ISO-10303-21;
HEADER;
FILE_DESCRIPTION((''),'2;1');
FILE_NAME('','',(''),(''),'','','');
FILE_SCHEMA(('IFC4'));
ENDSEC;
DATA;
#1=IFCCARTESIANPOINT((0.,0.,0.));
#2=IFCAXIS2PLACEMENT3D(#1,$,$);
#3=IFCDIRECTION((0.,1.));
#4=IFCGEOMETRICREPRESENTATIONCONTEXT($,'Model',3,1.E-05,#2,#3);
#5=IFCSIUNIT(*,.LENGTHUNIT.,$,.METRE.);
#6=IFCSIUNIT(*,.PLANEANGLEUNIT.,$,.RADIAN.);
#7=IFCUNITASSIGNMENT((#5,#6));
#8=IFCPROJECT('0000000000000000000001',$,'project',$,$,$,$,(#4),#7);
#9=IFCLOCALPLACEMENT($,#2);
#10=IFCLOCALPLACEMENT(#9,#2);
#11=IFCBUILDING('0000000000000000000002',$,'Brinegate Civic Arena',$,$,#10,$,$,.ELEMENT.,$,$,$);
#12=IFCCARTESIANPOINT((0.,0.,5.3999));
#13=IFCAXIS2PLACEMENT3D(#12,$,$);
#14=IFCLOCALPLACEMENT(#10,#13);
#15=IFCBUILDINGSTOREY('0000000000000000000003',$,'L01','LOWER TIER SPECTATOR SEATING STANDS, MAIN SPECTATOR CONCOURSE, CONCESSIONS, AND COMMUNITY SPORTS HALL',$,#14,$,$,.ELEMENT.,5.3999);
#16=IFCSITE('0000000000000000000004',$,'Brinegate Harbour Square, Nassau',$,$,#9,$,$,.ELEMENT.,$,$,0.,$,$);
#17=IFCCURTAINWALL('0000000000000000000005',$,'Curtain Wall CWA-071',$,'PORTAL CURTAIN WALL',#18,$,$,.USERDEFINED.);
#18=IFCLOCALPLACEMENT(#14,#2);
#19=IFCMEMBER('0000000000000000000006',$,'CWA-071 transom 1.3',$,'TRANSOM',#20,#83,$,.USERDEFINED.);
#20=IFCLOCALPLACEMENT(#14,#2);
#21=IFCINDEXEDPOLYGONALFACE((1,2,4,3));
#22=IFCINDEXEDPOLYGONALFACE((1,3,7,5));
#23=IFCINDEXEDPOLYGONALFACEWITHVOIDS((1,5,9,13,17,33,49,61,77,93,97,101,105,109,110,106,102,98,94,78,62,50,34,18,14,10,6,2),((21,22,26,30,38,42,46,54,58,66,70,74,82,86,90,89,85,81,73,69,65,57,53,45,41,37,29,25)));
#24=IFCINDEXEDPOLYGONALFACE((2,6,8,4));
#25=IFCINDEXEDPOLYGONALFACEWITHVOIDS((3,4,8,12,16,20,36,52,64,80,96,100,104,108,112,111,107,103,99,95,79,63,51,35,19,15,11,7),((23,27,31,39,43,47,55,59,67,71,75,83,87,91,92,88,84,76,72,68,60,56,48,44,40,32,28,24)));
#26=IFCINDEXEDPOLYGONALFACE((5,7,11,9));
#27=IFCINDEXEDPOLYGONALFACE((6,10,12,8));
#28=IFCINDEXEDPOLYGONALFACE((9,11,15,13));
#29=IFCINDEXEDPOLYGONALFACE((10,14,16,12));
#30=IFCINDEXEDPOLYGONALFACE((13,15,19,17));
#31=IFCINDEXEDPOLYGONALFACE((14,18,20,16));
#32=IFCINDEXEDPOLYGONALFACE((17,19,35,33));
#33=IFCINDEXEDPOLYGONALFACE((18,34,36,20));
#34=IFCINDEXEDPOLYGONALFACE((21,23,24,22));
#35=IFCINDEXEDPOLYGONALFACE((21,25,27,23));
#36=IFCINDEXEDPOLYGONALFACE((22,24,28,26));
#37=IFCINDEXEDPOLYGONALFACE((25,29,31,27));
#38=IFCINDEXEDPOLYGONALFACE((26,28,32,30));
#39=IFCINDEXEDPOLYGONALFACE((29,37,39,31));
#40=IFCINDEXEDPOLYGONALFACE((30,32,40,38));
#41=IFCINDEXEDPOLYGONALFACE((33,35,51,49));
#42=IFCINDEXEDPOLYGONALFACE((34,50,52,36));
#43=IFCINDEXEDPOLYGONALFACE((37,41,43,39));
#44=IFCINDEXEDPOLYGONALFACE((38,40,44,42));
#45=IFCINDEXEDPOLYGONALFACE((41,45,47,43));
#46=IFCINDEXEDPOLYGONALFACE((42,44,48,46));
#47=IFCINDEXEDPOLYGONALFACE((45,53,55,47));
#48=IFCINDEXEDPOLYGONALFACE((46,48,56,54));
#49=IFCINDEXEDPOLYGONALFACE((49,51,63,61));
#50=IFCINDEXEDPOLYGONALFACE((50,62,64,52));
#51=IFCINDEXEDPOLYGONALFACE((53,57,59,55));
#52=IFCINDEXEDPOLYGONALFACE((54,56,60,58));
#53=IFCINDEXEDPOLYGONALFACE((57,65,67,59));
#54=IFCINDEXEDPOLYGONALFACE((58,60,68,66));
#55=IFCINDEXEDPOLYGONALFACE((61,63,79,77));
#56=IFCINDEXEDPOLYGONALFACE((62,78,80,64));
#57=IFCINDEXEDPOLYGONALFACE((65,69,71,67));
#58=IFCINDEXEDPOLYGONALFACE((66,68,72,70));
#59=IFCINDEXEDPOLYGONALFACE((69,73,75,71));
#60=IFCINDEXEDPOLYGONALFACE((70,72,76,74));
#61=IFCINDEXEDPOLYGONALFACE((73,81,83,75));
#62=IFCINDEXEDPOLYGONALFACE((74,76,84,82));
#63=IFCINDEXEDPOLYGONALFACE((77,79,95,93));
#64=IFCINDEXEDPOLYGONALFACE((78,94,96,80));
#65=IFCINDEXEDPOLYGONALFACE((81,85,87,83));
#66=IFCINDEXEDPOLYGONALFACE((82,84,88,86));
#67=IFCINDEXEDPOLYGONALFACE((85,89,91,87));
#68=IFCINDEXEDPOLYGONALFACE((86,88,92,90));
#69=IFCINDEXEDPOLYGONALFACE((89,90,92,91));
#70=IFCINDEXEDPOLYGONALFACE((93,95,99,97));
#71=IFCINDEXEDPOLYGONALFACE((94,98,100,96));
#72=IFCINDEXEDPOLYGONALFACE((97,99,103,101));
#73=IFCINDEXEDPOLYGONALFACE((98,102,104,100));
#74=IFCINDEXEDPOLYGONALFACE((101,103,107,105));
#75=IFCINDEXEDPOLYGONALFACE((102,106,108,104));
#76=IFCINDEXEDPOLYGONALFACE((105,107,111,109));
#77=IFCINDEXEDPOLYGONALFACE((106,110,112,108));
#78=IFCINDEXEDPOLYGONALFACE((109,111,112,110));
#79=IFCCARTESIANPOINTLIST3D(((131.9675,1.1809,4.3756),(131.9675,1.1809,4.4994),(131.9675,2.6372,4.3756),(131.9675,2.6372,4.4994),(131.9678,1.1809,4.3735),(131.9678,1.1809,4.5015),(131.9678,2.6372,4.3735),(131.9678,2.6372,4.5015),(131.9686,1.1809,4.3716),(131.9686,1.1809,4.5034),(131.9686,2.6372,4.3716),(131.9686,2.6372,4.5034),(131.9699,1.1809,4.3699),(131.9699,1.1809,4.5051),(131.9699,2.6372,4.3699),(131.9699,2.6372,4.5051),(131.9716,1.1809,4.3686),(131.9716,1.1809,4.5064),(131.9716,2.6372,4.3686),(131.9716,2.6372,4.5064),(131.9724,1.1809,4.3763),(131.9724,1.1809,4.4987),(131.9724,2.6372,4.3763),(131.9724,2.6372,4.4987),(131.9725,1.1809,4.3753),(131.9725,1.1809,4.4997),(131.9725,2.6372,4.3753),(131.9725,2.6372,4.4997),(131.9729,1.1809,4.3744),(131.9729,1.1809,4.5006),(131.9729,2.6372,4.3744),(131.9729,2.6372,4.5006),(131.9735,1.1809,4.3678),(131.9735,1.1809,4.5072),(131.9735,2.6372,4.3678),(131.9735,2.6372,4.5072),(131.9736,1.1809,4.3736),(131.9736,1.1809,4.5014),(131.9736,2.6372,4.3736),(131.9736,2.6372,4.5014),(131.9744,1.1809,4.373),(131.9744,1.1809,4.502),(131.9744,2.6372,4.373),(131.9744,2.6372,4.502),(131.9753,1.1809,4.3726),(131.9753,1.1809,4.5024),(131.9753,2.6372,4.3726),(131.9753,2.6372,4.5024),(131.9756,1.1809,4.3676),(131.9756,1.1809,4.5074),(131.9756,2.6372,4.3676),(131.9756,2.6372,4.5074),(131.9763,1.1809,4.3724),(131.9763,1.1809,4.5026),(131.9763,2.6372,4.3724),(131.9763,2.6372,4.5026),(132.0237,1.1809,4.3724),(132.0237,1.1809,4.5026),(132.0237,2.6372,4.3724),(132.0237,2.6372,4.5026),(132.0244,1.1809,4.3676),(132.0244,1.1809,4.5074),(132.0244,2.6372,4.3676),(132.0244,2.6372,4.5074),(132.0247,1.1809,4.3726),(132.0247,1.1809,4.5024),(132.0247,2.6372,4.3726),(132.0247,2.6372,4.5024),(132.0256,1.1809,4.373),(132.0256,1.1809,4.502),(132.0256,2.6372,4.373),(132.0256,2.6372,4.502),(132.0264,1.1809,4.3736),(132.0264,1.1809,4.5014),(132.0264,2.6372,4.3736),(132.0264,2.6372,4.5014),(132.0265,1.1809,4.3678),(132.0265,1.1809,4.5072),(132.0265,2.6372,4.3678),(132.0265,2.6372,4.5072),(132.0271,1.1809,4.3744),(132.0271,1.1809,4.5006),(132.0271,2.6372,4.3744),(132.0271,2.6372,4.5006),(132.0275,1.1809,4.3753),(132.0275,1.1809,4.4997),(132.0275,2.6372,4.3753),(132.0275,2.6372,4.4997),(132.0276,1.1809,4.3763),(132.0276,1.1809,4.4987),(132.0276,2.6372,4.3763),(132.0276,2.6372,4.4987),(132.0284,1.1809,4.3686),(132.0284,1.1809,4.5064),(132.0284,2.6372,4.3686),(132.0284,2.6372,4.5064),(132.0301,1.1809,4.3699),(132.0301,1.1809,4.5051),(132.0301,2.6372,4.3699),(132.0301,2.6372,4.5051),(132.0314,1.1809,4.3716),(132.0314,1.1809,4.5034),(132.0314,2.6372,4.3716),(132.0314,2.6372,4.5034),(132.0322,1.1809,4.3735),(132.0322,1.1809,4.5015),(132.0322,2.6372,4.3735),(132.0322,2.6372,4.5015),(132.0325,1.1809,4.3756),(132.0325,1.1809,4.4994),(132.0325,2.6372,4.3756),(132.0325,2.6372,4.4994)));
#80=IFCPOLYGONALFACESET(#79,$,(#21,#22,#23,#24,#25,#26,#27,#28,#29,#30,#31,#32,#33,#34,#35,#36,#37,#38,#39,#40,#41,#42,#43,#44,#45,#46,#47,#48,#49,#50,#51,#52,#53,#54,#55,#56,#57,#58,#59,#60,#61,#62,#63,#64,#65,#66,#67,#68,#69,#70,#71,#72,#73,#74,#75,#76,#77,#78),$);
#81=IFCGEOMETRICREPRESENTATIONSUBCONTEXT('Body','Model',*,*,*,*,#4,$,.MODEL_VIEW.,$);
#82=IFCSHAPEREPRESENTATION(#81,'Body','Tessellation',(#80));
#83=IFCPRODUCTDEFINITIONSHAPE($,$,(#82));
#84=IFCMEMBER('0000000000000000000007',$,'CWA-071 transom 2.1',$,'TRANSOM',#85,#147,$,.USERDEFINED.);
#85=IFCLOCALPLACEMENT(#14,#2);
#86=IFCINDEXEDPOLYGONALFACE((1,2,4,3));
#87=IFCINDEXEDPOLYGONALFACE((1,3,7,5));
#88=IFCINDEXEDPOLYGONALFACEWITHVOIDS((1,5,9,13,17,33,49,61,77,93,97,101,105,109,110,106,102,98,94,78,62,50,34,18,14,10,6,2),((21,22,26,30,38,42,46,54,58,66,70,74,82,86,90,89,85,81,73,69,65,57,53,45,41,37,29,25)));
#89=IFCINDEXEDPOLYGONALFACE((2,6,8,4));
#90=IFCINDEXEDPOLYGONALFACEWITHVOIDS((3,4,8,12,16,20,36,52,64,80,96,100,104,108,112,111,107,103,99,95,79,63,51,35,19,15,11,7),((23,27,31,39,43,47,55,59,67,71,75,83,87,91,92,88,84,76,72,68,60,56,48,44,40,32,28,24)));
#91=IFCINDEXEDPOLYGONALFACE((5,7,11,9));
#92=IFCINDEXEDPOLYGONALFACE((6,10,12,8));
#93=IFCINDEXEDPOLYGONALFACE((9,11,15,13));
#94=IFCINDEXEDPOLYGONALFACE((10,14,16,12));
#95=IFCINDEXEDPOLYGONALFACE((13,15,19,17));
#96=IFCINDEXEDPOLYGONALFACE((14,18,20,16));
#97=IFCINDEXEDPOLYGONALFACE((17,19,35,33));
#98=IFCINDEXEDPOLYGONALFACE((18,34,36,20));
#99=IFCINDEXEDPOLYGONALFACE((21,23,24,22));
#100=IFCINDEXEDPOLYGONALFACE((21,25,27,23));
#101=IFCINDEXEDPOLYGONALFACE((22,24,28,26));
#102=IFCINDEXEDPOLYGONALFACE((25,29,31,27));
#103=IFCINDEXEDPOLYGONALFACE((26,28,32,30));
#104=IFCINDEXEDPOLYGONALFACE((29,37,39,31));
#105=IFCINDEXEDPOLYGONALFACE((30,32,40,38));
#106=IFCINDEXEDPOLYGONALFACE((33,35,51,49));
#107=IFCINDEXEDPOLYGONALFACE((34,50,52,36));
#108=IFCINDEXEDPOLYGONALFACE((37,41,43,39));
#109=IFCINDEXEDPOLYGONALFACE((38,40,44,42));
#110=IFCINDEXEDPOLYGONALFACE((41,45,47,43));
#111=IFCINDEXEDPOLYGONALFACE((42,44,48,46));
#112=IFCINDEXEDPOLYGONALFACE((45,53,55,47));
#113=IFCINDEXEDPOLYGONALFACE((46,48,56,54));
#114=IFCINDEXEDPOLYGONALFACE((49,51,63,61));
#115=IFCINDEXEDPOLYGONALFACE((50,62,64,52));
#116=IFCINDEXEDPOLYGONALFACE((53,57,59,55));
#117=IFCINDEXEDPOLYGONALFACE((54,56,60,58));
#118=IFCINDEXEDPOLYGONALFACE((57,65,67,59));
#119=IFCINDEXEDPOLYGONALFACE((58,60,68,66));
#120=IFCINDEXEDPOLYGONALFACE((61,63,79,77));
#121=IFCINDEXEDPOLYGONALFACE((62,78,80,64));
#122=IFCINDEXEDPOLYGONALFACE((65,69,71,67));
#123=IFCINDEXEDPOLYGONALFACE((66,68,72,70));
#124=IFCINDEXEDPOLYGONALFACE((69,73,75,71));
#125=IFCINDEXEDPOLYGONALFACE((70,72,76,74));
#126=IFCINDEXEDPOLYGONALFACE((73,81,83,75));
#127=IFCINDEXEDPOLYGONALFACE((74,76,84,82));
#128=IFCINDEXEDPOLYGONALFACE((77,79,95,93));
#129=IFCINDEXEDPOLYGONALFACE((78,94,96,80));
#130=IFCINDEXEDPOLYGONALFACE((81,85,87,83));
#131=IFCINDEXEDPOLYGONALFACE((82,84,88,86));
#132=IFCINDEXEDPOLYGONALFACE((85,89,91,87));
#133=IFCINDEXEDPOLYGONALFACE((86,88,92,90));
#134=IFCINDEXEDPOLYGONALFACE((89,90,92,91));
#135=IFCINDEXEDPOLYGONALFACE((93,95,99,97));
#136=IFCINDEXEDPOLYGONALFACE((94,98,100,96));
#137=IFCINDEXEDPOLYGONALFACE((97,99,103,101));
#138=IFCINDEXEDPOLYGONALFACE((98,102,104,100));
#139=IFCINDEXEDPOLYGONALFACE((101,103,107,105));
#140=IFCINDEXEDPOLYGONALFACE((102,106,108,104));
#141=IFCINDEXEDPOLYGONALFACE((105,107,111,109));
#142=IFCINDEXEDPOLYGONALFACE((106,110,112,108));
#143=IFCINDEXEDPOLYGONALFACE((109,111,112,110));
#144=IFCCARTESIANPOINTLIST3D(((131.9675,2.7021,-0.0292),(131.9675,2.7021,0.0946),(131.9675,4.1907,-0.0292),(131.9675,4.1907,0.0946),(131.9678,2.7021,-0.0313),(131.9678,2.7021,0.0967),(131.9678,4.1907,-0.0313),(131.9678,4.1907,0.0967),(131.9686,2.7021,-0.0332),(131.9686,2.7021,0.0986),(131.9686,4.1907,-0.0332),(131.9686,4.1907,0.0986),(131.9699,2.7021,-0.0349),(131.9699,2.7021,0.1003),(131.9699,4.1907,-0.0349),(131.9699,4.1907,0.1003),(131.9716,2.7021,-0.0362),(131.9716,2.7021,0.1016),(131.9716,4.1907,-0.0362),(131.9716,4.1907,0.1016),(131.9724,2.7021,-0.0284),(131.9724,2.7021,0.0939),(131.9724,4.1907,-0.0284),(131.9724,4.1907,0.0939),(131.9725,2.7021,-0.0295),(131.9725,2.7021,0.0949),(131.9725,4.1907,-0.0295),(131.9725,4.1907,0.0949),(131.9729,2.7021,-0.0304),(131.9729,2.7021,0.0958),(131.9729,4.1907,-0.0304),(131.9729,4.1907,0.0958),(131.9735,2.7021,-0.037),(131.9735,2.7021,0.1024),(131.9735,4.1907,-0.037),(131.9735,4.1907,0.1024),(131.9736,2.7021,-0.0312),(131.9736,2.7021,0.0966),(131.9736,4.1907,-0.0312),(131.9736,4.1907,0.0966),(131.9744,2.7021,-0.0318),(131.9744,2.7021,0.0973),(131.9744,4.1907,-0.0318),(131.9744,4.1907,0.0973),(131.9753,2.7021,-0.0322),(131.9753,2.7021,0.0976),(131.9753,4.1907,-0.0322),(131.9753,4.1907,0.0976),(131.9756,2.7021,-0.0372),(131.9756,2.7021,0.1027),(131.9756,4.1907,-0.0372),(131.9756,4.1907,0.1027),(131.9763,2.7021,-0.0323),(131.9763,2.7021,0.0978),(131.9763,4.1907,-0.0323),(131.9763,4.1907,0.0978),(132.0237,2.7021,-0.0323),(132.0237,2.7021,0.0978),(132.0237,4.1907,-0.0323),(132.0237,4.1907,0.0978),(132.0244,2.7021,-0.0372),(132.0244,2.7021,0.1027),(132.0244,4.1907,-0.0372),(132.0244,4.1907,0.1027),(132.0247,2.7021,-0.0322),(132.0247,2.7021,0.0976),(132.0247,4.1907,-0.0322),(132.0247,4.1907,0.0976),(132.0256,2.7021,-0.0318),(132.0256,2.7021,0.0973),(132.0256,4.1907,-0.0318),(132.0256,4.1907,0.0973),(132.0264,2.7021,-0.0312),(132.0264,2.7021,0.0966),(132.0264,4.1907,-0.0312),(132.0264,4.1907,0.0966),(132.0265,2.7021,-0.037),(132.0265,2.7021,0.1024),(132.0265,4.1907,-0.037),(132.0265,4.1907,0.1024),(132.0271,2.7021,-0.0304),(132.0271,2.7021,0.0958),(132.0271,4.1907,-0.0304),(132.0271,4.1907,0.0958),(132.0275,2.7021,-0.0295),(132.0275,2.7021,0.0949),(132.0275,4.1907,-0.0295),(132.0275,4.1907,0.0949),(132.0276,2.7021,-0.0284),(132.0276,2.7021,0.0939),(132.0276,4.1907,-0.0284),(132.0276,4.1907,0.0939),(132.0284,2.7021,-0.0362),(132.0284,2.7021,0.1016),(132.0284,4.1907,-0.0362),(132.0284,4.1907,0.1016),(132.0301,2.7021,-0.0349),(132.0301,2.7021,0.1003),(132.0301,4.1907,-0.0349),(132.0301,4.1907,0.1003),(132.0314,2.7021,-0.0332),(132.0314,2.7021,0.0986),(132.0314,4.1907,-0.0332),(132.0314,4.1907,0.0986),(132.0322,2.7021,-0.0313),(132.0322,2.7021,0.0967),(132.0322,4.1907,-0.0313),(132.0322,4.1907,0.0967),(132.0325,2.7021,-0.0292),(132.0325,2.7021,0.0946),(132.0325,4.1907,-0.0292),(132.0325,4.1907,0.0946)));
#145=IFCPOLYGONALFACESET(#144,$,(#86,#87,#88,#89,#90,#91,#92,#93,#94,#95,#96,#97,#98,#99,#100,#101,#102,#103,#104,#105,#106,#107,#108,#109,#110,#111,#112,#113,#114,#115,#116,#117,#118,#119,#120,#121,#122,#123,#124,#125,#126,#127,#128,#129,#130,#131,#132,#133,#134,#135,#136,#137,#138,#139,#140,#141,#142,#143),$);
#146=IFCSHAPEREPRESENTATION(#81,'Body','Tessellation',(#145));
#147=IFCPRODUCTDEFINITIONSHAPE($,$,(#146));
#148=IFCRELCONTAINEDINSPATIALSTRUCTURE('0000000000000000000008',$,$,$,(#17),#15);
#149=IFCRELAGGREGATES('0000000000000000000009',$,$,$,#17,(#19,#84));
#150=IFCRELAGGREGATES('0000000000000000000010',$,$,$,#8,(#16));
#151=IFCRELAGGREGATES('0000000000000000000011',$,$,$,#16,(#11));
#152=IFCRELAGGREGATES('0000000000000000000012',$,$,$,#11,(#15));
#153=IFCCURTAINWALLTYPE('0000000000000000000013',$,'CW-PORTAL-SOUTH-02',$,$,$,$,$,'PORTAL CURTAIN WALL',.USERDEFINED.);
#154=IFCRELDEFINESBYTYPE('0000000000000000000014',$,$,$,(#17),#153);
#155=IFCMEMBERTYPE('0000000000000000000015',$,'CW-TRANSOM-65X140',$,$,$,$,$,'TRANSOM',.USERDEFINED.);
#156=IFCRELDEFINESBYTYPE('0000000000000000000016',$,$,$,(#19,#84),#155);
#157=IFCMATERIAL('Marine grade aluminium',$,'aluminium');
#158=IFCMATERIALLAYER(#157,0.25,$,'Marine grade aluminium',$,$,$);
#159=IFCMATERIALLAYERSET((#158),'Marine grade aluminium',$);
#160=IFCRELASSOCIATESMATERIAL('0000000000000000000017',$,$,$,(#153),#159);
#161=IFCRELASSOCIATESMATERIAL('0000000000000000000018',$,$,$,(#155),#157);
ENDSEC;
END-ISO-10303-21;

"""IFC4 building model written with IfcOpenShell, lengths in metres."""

from ifc_helpers import new_model, si_unit, direction, frame, origin, origin_2d, place, context, subcontext, project, spatial, hollow_rectangle, extrude, material, layer, layer_set, material_profile, profile_set, type_object, element, aggregate, save


model = new_model("IFC4")

# Units and contexts
model_context = context("Model", 3, precision=1e-05, world=origin(), true_north=direction((0.0, 1.0)))
body_context = subcontext(model_context, "Body", "Model", "MODEL_VIEW")
ifc_project = project(units=[si_unit("LENGTHUNIT", "METRE"), si_unit("PLANEANGLEUNIT", "RADIAN")], contexts=[model_context])

# Site, building, storey
site_placement = place(None, origin())
site = spatial("IfcSite", under=ifc_project, at=site_placement, Name="Brinegate Harbour Square, Nassau", CompositionType="ELEMENT", RefElevation=0.0)
building_placement = place(site_placement, origin())
building = spatial("IfcBuilding", under=site, at=building_placement, Name="Brinegate Civic Arena", CompositionType="ELEMENT")
storey_placement = place(building_placement, frame((0.0, 0.0, 5.3999)))
storey = spatial("IfcBuildingStorey", under=building, at=storey_placement, Name="L01", Description="LOWER TIER SPECTATOR SEATING STANDS, MAIN SPECTATOR CONCOURSE, CONCESSIONS, AND COMMUNITY SPORTS HALL", CompositionType="ELEMENT", Elevation=5.3999)

# Curtain wall, members
ifc_material_1 = material(Name="Marine grade aluminium", Category="aluminium")
ifc_layer_1 = layer(ifc_material_1, 0.25, Name="Marine grade aluminium")
ifc_layer_set_1 = layer_set([ifc_layer_1], Name="Marine grade aluminium")
curtain_wall_type = type_object("IfcCurtainWallType", Name="CW-PORTAL-SOUTH-02", ElementType="PORTAL CURTAIN WALL", PredefinedType="USERDEFINED", material=ifc_layer_set_1)
curtain_wall_placement = place(storey_placement, origin())
curtain_wall = element("IfcCurtainWall", 1, at=curtain_wall_placement, inside=storey, type_object=curtain_wall_type, Name="Curtain Wall CWA-071", ObjectType="PORTAL CURTAIN WALL", PredefinedType="USERDEFINED")
ifc_material_profile_1 = material_profile(ifc_material_1, hollow_rectangle(XDim=0.0649, YDim=0.1399, WallThickness=0.0049, InnerFilletRadius=0.0039, OuterFilletRadius=0.0081, at=origin_2d()), Name="TRN65X140")
ifc_profile_set_1 = profile_set([ifc_material_profile_1], Name="Marine grade aluminium")
member_type_1 = type_object("IfcMemberType", Name="CW-TRANSOM-65X140", ElementType="TRANSOM", PredefinedType="USERDEFINED", material=ifc_profile_set_1)
member_1_placement = place(storey_placement, frame((132.0, 1.1809, 4.4375), z_axis=(0.0, 1.0, 0.0), x_axis=(-1.0, 0.0, 0.0)))
member_1 = element("IfcMember", 2, at=member_1_placement, type_object=member_type_1, Name="CWA-071 transom 1.3", ObjectType="TRANSOM", PredefinedType="USERDEFINED", context=body_context, shape_type="SweptSolid", body=[
    extrude(hollow_rectangle(XDim=0.0649, YDim=0.1399, WallThickness=0.0049, InnerFilletRadius=0.0039, OuterFilletRadius=0.0081, at=origin_2d()), origin(), (0.0, 0.0, 1.0), 1.4563),
])
member_2_placement = place(storey_placement, frame((132.0, 2.7021, 0.0327), z_axis=(0.0, 1.0, 0.0), x_axis=(-1.0, 0.0, 0.0)))
member_2 = element("IfcMember", 3, at=member_2_placement, type_object=member_type_1, Name="CWA-071 transom 2.1", ObjectType="TRANSOM", PredefinedType="USERDEFINED", context=body_context, shape_type="SweptSolid", body=[
    extrude(hollow_rectangle(XDim=0.0649, YDim=0.1399, WallThickness=0.0049, InnerFilletRadius=0.0039, OuterFilletRadius=0.0081, at=origin_2d()), origin(), (0.0, 0.0, 1.0), 1.4885),
])

aggregate(curtain_wall, [member_1, member_2])

save(model, "model.ifc")
